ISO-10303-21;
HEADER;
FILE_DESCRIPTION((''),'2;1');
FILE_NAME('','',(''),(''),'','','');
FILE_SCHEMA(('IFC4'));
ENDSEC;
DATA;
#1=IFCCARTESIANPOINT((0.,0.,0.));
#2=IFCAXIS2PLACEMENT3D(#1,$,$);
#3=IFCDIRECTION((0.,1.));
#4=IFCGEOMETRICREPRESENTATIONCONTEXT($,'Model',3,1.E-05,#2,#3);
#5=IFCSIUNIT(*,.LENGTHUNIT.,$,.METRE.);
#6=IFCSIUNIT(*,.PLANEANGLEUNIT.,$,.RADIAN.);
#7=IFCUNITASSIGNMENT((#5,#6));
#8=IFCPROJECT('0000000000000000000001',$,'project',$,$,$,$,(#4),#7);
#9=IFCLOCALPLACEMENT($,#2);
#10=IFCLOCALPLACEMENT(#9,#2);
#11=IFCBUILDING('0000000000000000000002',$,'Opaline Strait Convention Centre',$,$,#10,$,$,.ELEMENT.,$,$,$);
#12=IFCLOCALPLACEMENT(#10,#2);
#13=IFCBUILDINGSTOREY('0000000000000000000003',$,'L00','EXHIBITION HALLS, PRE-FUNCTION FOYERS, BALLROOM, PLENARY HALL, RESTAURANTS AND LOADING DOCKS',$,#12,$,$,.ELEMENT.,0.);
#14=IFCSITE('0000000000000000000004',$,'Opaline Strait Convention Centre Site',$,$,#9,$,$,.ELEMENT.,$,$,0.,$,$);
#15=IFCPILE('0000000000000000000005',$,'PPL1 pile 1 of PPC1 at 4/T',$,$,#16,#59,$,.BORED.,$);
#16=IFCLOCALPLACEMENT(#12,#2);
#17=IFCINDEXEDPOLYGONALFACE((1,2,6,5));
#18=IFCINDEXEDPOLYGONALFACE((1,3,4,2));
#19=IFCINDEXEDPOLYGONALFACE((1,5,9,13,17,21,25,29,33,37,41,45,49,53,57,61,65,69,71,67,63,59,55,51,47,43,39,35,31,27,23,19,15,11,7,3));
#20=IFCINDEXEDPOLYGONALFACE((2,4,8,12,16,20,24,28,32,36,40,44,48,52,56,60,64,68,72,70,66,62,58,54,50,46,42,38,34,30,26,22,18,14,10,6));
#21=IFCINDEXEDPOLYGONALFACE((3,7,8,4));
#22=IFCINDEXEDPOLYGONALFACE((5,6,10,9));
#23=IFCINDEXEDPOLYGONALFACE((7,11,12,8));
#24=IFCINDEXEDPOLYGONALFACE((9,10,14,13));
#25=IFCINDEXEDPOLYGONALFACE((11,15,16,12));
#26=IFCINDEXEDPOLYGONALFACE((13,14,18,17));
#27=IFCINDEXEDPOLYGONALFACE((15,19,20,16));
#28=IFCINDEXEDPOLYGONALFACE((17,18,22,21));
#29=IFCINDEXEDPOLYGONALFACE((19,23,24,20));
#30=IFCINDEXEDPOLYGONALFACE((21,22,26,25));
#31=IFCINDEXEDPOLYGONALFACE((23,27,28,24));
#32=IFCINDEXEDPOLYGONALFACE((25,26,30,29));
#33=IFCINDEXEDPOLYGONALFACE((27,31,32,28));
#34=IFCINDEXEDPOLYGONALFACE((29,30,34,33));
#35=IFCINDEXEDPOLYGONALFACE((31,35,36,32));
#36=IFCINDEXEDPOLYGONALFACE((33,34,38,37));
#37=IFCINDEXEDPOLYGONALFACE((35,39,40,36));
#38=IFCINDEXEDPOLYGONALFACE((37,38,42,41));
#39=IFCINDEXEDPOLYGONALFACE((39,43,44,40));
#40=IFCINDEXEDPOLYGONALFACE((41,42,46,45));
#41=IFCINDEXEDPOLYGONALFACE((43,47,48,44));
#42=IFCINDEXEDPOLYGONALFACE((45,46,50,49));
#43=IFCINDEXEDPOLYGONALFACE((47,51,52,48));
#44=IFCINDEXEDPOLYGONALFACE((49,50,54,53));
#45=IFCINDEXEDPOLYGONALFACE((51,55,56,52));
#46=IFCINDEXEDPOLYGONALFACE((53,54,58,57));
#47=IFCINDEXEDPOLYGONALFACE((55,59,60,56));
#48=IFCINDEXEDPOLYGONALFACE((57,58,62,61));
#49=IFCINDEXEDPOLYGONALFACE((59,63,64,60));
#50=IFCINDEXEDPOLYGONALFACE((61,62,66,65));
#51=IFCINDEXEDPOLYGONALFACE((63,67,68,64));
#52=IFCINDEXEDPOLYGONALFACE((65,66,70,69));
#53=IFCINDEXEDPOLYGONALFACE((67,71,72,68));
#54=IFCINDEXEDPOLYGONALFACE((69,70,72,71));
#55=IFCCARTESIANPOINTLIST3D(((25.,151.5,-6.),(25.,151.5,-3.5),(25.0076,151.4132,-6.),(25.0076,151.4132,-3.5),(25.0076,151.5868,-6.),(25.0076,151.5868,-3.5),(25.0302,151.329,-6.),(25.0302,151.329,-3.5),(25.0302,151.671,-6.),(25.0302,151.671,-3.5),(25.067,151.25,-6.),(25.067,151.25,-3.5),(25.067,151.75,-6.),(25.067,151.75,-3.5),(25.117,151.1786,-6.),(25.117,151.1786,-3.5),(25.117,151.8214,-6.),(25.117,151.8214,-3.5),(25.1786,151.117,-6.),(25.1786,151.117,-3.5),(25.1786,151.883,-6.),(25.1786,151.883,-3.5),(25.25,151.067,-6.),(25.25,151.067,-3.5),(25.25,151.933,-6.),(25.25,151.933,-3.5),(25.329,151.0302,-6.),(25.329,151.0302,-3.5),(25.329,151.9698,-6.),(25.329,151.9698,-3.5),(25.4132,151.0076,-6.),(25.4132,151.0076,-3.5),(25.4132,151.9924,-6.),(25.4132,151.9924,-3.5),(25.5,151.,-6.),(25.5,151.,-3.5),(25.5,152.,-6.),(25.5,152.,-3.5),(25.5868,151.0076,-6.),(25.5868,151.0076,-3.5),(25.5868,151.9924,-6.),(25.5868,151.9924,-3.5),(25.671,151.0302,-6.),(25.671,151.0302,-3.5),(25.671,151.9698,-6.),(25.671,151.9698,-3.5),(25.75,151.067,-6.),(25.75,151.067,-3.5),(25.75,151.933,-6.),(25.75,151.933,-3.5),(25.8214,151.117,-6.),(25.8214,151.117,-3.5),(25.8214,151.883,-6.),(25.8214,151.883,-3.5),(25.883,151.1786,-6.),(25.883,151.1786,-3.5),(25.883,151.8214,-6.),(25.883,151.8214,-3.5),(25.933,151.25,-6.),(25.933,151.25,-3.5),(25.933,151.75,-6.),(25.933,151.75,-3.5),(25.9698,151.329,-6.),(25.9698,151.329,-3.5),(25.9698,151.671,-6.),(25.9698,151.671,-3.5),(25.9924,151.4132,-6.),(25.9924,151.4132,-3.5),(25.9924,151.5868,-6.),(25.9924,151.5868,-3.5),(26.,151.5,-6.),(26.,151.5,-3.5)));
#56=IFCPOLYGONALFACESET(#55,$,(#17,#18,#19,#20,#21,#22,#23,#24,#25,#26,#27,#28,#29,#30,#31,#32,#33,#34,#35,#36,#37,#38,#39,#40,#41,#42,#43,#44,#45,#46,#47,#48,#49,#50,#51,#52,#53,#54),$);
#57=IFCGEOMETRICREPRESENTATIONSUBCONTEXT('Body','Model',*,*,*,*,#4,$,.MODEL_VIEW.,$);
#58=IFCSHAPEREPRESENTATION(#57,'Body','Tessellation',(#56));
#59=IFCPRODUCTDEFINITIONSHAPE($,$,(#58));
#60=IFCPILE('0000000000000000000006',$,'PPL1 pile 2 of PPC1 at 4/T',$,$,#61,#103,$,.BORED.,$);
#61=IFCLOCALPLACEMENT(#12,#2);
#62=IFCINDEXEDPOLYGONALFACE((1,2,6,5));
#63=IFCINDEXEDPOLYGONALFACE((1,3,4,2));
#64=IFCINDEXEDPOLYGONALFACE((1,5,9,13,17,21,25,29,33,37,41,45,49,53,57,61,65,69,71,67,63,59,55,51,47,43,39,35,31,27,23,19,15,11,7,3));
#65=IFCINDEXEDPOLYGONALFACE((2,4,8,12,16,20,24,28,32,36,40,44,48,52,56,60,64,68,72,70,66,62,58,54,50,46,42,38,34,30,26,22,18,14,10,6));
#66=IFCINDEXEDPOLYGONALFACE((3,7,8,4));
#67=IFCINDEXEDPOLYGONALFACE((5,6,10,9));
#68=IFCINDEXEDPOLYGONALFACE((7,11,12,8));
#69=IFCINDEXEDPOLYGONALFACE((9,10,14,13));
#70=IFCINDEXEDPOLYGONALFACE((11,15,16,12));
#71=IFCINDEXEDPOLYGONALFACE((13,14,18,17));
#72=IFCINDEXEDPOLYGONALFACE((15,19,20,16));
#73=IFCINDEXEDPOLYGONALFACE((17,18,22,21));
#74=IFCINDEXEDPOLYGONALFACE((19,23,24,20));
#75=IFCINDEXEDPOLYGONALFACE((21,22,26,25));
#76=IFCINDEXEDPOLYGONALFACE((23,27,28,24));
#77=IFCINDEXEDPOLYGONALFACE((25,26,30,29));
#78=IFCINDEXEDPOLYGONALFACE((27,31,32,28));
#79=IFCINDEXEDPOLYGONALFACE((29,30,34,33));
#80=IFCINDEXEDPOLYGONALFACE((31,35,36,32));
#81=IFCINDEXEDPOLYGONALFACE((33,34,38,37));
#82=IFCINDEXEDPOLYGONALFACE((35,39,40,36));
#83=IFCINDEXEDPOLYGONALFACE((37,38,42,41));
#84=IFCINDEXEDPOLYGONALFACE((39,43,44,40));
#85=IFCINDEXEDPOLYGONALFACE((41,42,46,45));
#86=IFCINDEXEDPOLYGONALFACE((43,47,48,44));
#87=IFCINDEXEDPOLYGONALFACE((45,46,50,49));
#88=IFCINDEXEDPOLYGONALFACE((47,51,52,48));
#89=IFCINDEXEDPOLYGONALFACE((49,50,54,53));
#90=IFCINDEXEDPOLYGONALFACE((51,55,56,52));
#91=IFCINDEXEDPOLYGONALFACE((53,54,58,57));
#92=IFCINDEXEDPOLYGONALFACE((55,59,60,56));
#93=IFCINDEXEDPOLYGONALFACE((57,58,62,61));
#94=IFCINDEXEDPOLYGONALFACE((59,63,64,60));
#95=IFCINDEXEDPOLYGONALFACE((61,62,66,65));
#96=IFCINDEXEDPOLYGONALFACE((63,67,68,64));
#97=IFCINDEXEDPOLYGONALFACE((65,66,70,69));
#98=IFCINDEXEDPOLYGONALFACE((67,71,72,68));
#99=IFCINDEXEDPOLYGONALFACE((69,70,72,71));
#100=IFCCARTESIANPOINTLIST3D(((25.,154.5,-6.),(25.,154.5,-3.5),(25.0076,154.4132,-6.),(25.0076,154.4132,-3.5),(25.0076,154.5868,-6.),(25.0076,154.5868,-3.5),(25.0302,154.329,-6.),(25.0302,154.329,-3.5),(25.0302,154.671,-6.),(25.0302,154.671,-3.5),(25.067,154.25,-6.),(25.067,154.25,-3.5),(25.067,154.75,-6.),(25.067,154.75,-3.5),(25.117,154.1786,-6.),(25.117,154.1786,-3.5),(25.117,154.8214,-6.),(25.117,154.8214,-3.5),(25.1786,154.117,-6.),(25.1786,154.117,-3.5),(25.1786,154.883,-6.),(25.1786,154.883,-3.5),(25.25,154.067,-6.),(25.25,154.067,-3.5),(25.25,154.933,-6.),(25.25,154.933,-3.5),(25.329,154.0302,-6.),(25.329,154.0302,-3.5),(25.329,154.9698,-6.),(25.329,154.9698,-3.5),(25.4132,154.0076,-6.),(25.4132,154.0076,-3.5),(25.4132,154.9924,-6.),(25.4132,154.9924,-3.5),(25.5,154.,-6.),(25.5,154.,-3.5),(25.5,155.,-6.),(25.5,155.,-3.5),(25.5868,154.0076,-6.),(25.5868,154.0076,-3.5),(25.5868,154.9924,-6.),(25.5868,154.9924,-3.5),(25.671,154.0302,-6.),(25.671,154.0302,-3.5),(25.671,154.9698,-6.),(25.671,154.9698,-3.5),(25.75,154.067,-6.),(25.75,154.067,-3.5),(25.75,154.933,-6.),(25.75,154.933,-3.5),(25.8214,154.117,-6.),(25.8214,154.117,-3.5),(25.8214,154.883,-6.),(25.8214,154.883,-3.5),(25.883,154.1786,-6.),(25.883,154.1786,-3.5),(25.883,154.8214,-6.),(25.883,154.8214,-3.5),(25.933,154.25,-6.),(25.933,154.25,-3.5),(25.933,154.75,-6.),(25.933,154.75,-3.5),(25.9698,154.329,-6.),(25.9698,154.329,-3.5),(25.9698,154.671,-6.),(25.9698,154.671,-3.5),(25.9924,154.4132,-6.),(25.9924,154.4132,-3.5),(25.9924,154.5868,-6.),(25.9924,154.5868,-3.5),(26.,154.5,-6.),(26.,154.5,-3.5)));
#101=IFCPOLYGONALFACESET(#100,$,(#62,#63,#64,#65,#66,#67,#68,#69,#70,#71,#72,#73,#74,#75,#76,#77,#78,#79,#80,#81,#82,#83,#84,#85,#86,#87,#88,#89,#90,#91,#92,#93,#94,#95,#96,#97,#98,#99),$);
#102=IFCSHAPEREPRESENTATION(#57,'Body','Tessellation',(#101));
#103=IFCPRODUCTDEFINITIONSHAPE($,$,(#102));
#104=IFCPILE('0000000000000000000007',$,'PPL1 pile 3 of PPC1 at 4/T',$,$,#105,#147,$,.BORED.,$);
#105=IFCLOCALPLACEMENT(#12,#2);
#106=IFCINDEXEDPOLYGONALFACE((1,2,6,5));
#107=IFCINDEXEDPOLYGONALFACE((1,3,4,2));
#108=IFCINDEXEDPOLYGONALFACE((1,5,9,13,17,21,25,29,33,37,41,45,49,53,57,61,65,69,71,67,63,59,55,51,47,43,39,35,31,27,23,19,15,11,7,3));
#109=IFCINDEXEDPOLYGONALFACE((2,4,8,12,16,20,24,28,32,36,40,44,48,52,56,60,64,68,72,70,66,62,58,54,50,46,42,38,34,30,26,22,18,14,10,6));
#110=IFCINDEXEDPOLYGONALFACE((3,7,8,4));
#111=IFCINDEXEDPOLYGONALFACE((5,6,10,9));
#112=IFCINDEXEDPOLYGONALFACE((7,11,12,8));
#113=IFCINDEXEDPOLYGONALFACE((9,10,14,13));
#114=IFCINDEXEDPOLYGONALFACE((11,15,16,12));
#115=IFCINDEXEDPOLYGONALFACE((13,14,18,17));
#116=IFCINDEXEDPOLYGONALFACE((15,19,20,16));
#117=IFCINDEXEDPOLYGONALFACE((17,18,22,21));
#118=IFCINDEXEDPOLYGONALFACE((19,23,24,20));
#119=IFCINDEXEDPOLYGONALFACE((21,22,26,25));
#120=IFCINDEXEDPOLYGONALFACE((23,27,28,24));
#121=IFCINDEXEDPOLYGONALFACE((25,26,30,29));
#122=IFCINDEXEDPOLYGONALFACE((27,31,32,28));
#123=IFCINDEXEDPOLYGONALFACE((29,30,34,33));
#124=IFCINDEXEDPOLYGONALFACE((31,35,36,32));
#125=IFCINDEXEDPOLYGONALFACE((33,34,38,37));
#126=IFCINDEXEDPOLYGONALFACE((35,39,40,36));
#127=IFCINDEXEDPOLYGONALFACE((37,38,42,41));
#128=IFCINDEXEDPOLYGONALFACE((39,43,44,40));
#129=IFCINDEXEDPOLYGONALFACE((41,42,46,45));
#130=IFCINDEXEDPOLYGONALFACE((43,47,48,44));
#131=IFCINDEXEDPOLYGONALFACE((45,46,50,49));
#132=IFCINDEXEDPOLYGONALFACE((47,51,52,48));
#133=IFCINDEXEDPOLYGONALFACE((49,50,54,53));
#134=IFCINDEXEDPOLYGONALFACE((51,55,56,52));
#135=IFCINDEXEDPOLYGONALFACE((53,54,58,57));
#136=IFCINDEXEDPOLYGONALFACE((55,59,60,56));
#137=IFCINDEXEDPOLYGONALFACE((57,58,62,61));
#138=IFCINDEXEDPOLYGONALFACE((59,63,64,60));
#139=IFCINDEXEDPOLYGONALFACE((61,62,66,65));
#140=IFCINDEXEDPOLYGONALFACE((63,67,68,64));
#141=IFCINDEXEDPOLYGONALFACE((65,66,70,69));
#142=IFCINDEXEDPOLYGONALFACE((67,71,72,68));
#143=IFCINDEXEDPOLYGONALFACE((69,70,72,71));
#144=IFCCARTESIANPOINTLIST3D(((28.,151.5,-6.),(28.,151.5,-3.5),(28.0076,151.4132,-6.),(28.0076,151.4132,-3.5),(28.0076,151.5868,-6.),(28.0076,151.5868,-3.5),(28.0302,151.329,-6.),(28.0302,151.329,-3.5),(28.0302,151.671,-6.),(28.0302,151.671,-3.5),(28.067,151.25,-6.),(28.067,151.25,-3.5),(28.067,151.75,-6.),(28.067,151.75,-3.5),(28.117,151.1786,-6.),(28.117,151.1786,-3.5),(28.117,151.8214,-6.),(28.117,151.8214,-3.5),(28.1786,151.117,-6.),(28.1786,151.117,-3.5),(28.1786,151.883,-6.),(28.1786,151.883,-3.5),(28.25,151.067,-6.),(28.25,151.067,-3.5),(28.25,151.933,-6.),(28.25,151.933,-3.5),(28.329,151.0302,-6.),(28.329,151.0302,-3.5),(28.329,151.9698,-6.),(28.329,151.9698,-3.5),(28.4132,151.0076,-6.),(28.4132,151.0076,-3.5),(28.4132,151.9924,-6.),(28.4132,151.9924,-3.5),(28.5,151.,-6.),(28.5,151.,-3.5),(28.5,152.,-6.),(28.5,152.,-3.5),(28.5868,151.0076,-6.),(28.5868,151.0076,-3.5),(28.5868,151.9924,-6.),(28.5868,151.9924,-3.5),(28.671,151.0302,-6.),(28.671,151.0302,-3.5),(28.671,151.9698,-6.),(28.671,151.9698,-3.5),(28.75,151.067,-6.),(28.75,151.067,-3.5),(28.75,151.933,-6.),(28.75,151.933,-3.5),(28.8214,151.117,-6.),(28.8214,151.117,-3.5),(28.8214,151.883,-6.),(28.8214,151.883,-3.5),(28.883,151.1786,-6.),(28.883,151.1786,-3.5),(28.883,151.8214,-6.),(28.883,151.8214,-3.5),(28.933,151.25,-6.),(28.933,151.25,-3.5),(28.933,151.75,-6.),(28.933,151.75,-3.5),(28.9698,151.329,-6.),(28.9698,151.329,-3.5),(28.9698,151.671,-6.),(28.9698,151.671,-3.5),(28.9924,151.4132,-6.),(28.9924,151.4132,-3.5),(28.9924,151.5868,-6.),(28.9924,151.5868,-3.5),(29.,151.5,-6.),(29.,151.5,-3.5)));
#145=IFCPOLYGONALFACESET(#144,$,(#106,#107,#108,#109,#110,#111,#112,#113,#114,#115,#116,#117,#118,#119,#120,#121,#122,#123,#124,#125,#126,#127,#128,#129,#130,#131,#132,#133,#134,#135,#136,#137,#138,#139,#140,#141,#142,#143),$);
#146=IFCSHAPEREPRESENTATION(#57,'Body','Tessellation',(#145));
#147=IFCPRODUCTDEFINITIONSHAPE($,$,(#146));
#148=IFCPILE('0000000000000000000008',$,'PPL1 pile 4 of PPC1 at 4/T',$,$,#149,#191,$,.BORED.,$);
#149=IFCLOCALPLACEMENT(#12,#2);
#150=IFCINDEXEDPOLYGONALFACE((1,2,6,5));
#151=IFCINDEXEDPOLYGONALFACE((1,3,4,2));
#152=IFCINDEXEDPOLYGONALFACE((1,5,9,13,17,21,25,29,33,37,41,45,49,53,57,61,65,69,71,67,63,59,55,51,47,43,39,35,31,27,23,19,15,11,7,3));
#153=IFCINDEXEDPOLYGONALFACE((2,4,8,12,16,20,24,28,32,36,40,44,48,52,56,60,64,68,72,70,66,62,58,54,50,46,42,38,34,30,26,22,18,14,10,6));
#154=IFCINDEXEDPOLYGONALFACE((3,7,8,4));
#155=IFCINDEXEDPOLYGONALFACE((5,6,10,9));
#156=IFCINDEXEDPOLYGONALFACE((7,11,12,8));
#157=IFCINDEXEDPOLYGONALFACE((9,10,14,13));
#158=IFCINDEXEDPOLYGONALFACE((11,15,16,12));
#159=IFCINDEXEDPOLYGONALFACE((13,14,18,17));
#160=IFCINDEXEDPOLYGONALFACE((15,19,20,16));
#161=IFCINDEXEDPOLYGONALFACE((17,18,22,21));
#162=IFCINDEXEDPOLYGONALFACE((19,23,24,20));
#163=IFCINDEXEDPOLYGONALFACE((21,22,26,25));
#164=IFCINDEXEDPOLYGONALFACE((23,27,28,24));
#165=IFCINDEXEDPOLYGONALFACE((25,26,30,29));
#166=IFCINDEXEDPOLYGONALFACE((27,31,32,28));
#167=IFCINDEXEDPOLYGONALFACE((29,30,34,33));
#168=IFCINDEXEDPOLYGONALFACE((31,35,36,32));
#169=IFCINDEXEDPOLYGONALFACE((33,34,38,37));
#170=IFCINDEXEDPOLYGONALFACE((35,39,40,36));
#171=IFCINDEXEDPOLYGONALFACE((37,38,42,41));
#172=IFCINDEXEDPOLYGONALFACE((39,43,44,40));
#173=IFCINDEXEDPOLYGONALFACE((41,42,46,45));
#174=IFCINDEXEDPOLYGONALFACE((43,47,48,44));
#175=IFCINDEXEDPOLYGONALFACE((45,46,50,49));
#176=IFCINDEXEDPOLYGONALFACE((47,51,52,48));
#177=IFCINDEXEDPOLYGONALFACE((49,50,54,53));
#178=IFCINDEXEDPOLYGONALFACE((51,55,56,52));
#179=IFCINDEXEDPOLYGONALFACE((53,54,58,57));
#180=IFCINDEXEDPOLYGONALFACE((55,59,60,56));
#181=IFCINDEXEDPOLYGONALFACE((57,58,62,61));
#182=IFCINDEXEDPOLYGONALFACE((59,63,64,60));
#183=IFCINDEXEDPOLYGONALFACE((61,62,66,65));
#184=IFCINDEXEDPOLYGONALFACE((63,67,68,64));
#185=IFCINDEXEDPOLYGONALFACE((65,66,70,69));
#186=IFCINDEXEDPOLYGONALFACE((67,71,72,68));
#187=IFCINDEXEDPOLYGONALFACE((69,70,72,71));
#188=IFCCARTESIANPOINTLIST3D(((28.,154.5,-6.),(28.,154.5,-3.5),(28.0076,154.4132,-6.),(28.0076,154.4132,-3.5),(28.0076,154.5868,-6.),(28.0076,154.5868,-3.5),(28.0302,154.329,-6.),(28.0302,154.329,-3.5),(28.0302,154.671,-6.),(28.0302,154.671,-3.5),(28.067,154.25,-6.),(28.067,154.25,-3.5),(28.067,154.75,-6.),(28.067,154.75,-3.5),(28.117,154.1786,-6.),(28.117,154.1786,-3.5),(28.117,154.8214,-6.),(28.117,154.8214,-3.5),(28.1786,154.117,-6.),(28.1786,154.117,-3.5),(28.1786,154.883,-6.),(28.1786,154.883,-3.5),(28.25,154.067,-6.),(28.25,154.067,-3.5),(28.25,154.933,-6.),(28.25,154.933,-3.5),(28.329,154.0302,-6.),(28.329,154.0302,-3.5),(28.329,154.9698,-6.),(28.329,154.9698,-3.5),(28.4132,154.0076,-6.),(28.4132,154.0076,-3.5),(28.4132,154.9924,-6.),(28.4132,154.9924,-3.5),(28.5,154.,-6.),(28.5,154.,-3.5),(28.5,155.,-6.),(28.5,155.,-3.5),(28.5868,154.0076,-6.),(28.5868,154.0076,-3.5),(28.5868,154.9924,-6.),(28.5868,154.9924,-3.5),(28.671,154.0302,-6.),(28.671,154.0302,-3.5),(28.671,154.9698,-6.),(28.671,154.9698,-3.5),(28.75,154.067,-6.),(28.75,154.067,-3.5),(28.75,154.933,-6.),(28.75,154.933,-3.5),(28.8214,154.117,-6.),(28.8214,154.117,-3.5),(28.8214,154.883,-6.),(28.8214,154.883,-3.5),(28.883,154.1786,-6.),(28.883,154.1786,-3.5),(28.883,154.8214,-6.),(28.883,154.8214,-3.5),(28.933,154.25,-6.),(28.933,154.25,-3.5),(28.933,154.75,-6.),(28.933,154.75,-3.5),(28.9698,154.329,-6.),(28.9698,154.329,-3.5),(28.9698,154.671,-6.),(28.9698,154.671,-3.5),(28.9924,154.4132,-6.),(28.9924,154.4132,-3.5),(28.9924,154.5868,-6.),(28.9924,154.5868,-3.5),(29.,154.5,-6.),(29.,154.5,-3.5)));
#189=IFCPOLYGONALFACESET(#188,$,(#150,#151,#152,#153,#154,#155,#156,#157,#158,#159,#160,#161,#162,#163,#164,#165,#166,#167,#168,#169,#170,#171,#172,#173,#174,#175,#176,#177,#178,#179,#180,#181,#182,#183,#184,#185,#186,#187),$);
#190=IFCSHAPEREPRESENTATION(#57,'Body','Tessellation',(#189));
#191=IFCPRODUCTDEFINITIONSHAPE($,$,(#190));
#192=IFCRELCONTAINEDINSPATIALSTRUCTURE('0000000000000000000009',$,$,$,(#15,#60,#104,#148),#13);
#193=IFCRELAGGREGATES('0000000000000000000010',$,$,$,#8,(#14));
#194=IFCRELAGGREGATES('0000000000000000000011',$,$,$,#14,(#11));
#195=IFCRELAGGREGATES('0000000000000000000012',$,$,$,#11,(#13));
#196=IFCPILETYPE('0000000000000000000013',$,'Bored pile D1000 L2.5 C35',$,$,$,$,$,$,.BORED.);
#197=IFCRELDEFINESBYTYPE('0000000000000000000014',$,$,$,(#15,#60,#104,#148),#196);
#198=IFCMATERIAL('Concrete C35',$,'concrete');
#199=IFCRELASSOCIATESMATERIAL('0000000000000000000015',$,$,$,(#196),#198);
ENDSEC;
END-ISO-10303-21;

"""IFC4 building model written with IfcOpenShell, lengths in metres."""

from ifc_helpers import new_model, si_unit, direction, frame, origin, origin_2d, place, context, subcontext, project, spatial, circle, extrude, material, material_profile, profile_set, type_object, element, save


model = new_model("IFC4")

# Units and contexts
model_context = context("Model", 3, precision=1e-05, world=origin(), true_north=direction((0.0, 1.0)))
body_context = subcontext(model_context, "Body", "Model", "MODEL_VIEW")
ifc_project = project(units=[si_unit("LENGTHUNIT", "METRE"), si_unit("PLANEANGLEUNIT", "RADIAN")], contexts=[model_context])

# Site, building, storey
site_placement = place(None, origin())
site = spatial("IfcSite", under=ifc_project, at=site_placement, Name="Opaline Strait Convention Centre Site", CompositionType="ELEMENT", RefElevation=0.0)
building_placement = place(site_placement, origin())
building = spatial("IfcBuilding", under=site, at=building_placement, Name="Opaline Strait Convention Centre", CompositionType="ELEMENT")
storey_placement = place(building_placement, origin())
storey = spatial("IfcBuildingStorey", under=building, at=storey_placement, Name="L00", Description="EXHIBITION HALLS, PRE-FUNCTION FOYERS, BALLROOM, PLENARY HALL, RESTAURANTS AND LOADING DOCKS", CompositionType="ELEMENT", Elevation=0.0)

# Piles
ifc_material_1 = material(Name="Concrete C35", Category="concrete")
ifc_material_profile_1 = material_profile(ifc_material_1, circle(Radius=0.5, at=origin_2d()), Name="D1000")
ifc_profile_set_1 = profile_set([ifc_material_profile_1], Name="Concrete C35")
pile_type = type_object("IfcPileType", Name="Bored pile D1000 L2.5 C35", PredefinedType="BORED", material=ifc_profile_set_1)
for number, where, z_axis, x_axis, name in (
    (1, (25.5, 151.5, -3.5), (0.0, 0.0, -1.0), (1.0, 0.0, 0.0), "PPL1 pile 1 of PPC1 at 4/T"),
    (2, (25.5, 154.5, -3.5), (0.0, 0.0, -1.0), (1.0, 0.0, 0.0), "PPL1 pile 2 of PPC1 at 4/T"),
    (3, (28.5, 151.5, -3.5), (0.0, 0.0, -1.0), (1.0, 0.0, 0.0), "PPL1 pile 3 of PPC1 at 4/T"),
    (4, (28.5, 154.5, -3.5), (0.0, 0.0, -1.0), (1.0, 0.0, 0.0), "PPL1 pile 4 of PPC1 at 4/T"),
):
    element("IfcPile", number, at=place(storey_placement, frame(where, z_axis=z_axis, x_axis=x_axis)), inside=storey, type_object=pile_type, Name=name, PredefinedType="BORED", context=body_context, shape_type="SweptSolid", body=[
        extrude(circle(Radius=0.5, at=origin_2d()), origin(), (0.0, 0.0, 1.0), 2.5),
    ])

save(model, "model.ifc")
